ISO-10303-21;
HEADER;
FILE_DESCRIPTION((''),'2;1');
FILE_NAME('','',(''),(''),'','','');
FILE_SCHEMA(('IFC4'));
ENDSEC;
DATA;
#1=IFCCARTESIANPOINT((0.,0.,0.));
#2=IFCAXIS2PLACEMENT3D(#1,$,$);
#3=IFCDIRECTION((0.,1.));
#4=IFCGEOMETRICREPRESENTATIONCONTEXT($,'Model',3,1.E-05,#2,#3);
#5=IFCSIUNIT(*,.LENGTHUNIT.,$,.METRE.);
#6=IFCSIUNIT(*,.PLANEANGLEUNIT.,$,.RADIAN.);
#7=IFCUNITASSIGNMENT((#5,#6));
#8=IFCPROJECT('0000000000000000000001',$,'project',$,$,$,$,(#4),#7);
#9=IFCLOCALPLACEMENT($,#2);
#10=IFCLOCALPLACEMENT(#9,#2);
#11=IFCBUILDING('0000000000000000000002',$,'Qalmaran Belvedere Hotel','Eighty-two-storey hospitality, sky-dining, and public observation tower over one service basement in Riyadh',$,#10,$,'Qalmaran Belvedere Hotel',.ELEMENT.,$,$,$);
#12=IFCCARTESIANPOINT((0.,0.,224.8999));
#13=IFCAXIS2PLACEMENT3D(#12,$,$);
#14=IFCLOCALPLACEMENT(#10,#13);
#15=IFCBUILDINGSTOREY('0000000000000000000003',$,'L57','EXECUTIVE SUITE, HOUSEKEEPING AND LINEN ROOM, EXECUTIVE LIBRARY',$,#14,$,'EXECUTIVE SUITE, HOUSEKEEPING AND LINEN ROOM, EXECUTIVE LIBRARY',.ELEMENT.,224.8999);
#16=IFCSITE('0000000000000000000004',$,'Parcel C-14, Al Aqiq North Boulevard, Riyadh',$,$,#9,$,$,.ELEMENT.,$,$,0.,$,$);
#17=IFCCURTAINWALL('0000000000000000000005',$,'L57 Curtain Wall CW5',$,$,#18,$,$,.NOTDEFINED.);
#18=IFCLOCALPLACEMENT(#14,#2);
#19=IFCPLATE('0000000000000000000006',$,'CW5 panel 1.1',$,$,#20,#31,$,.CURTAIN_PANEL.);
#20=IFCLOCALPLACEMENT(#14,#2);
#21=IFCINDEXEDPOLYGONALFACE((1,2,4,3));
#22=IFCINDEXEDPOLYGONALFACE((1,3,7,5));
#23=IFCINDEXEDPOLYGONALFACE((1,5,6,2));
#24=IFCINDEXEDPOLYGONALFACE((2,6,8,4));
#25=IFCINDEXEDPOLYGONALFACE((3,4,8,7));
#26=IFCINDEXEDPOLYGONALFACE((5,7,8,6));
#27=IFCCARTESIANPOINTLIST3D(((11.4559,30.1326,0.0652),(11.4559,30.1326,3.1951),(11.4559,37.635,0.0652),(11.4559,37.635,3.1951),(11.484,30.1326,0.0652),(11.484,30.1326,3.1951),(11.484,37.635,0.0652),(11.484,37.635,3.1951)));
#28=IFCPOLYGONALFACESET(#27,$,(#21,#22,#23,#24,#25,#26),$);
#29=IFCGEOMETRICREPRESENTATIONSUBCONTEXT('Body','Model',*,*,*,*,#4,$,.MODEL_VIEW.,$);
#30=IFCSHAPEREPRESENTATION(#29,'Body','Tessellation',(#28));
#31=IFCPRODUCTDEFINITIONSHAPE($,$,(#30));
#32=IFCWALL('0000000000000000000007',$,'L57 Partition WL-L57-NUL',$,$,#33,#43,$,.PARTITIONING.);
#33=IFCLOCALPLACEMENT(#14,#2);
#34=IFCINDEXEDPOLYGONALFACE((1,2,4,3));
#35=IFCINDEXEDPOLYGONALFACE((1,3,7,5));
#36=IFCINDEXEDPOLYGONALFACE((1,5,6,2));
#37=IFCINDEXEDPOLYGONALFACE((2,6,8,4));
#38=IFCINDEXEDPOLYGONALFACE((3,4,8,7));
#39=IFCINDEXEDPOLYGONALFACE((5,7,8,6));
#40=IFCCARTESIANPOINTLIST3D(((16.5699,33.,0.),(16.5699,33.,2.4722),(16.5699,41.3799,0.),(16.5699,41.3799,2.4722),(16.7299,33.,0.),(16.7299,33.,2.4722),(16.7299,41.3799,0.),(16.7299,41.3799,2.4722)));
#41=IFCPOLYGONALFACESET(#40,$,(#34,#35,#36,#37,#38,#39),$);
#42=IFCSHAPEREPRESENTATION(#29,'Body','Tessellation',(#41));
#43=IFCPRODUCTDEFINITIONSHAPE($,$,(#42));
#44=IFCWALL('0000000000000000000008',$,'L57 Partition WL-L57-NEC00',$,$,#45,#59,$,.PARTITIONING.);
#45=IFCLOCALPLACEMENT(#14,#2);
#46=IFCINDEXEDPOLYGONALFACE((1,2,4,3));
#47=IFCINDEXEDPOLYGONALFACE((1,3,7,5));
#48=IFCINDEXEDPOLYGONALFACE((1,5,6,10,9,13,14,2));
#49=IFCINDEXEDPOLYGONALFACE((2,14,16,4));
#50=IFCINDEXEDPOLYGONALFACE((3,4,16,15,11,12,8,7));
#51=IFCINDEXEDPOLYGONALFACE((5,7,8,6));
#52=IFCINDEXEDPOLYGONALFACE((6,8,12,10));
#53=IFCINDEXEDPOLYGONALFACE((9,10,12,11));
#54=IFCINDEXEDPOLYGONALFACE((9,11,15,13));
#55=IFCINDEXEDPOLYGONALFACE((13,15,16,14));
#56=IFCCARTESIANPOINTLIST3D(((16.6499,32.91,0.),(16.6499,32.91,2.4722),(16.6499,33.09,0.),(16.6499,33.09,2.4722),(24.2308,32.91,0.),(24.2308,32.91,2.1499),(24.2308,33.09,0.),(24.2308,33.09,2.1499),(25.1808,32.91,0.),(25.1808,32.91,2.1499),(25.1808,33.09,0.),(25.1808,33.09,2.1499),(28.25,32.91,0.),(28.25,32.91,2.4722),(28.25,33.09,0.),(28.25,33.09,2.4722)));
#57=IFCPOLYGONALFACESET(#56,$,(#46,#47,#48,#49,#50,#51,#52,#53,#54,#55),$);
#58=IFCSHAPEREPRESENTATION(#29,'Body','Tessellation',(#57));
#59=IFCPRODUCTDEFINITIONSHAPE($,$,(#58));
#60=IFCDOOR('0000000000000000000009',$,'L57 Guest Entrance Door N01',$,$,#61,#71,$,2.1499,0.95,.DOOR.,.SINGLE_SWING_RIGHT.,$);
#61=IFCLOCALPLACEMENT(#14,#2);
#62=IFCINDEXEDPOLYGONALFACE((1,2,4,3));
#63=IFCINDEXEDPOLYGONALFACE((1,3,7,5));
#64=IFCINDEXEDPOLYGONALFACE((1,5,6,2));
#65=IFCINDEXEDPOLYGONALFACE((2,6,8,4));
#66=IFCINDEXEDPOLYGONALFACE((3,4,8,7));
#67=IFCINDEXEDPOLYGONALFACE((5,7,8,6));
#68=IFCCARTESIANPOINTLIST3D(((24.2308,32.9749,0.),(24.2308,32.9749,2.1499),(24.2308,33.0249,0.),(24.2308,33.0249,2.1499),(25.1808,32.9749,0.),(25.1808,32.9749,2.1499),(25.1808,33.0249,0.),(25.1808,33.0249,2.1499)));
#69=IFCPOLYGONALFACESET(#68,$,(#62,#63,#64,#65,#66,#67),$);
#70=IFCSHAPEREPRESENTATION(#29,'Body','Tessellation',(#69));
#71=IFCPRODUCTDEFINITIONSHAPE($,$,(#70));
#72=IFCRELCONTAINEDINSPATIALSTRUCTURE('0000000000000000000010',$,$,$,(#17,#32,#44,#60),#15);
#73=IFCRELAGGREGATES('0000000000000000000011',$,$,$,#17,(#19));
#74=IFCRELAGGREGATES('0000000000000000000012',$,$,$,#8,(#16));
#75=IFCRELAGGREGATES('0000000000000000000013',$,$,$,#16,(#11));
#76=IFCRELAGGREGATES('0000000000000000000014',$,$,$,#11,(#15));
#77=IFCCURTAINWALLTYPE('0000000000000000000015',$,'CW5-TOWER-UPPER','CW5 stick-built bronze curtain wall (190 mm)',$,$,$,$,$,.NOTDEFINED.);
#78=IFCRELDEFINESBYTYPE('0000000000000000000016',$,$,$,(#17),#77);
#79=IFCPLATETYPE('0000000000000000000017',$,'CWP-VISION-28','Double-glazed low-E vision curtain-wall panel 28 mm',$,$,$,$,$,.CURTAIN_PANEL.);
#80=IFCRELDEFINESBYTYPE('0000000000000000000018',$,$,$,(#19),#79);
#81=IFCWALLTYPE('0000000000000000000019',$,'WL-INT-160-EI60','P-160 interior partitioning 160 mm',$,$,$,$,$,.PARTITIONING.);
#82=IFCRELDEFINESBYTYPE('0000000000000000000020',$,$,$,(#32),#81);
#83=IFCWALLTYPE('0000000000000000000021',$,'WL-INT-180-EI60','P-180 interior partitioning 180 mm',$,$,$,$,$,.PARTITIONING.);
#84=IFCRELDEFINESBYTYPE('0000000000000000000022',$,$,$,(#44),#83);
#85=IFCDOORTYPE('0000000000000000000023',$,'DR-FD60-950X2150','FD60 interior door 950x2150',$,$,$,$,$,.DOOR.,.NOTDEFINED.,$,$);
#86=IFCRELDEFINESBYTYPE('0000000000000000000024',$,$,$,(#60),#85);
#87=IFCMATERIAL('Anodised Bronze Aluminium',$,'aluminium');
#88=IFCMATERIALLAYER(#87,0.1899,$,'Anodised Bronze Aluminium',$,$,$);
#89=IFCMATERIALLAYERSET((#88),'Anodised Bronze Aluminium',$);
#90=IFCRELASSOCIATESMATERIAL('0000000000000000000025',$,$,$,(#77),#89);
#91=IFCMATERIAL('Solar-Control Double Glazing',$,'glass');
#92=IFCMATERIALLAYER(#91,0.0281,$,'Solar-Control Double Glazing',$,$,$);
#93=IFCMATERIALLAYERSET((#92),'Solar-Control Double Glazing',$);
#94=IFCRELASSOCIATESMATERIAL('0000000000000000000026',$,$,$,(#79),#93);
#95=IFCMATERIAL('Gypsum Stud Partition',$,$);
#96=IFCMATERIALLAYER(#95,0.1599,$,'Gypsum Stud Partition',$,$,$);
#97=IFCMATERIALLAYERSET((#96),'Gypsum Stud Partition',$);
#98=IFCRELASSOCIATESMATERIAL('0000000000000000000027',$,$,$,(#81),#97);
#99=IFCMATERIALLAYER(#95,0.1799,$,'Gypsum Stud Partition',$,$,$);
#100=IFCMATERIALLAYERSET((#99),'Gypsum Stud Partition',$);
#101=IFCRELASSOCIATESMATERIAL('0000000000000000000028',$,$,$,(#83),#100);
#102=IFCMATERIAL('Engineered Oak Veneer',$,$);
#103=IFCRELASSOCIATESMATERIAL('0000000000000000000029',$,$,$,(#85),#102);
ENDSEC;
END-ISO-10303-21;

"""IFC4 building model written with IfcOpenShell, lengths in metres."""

from ifc_helpers import new_model, si_unit, direction, frame, frame_2d, origin, origin_2d, place, context, subcontext, project, spatial, rectangle, extrude, material, layer, layer_set, type_object, element, fill, aggregate, save


model = new_model("IFC4")

# Units and contexts
model_context = context("Model", 3, precision=1e-05, world=origin(), true_north=direction((0.0, 1.0)))
body_context = subcontext(model_context, "Body", "Model", "MODEL_VIEW")
ifc_project = project(units=[si_unit("LENGTHUNIT", "METRE"), si_unit("PLANEANGLEUNIT", "RADIAN")], contexts=[model_context])

# Site, building, storey
site_placement = place(None, origin())
site = spatial("IfcSite", under=ifc_project, at=site_placement, Name="Parcel C-14, Al Aqiq North Boulevard, Riyadh", CompositionType="ELEMENT", RefElevation=0.0)
building_placement = place(site_placement, origin())
building = spatial("IfcBuilding", under=site, at=building_placement, Name="Qalmaran Belvedere Hotel", Description="Eighty-two-storey hospitality, sky-dining, and public observation tower over one service basement in Riyadh", LongName="Qalmaran Belvedere Hotel", CompositionType="ELEMENT")
storey_placement = place(building_placement, frame((0.0, 0.0, 224.8999)))
storey = spatial("IfcBuildingStorey", under=building, at=storey_placement, Name="L57", Description="EXECUTIVE SUITE, HOUSEKEEPING AND LINEN ROOM, EXECUTIVE LIBRARY", LongName="EXECUTIVE SUITE, HOUSEKEEPING AND LINEN ROOM, EXECUTIVE LIBRARY", CompositionType="ELEMENT", Elevation=224.8999)

# Shared definitions
ifc_material_1 = material(Name="Anodised Bronze Aluminium", Category="aluminium")
ifc_layer_1 = layer(ifc_material_1, 0.1899, Name="Anodised Bronze Aluminium")
ifc_layer_set_1 = layer_set([ifc_layer_1], Name="Anodised Bronze Aluminium")
curtain_wall_type = type_object("IfcCurtainWallType", Name="CW5-TOWER-UPPER", Description="CW5 stick-built bronze curtain wall (190 mm)", PredefinedType="NOTDEFINED", material=ifc_layer_set_1)

# Curtain wall
curtain_wall_1_placement = place(storey_placement, origin())
curtain_wall_1 = element("IfcCurtainWall", 1, at=curtain_wall_1_placement, inside=storey, type_object=curtain_wall_type, Name="L57 Curtain Wall CW5", PredefinedType="NOTDEFINED")

# Plate
ifc_material_2 = material(Name="Solar-Control Double Glazing", Category="glass")
ifc_layer_2 = layer(ifc_material_2, 0.0281, Name="Solar-Control Double Glazing")
ifc_layer_set_2 = layer_set([ifc_layer_2], Name="Solar-Control Double Glazing")
plate_type = type_object("IfcPlateType", Name="CWP-VISION-28", Description="Double-glazed low-E vision curtain-wall panel 28 mm", PredefinedType="CURTAIN_PANEL", material=ifc_layer_set_2)
plate_1_placement = place(storey_placement, frame((11.47, 33.8838, 0.0652), z_axis=(0.0, 0.0, 1.0), x_axis=(0.0, -1.0, 0.0)))
plate_1 = element("IfcPlate", 2, at=plate_1_placement, type_object=plate_type, Name="CW5 panel 1.1", PredefinedType="CURTAIN_PANEL", context=body_context, shape_type="SweptSolid", body=[
    extrude(rectangle(XDim=7.5024, YDim=0.0281, at=origin_2d()), origin(), (0.0, 0.0, 1.0), 3.1299),
])
aggregate(curtain_wall_1, [plate_1])

# Wall
ifc_material_3 = material(Name="Gypsum Stud Partition")
ifc_layer_3 = layer(ifc_material_3, 0.1599, Name="Gypsum Stud Partition")
ifc_layer_set_3 = layer_set([ifc_layer_3], Name="Gypsum Stud Partition")
wall_type_1 = type_object("IfcWallType", Name="WL-INT-160-EI60", Description="P-160 interior partitioning 160 mm", PredefinedType="PARTITIONING", material=ifc_layer_set_3)
wall_1_placement = place(storey_placement, frame((16.6499, 33.0, 0.0), z_axis=(0.0, 0.0, 1.0), x_axis=(0.0, 1.0, 0.0)))
element("IfcWall", 3, at=wall_1_placement, inside=storey, type_object=wall_type_1, Name="L57 Partition WL-L57-NUL", PredefinedType="PARTITIONING", context=body_context, shape_type="SweptSolid", body=[
    extrude(rectangle(XDim=8.3799, YDim=0.1599, at=frame_2d((4.1899, 0.0))), origin(), (0.0, 0.0, 1.0), 2.4722),
])

# Wall, opening, door
ifc_layer_4 = layer(ifc_material_3, 0.1799, Name="Gypsum Stud Partition")
ifc_layer_set_4 = layer_set([ifc_layer_4], Name="Gypsum Stud Partition")
wall_type_2 = type_object("IfcWallType", Name="WL-INT-180-EI60", Description="P-180 interior partitioning 180 mm", PredefinedType="PARTITIONING", material=ifc_layer_set_4)
wall_2_placement = place(storey_placement, frame((16.6499, 33.0, 0.0), z_axis=(0.0, 0.0, 1.0), x_axis=(1.0, 0.0, 0.0)))
wall_2 = element("IfcWall", 4, at=wall_2_placement, inside=storey, type_object=wall_type_2, Name="L57 Partition WL-L57-NEC00", PredefinedType="PARTITIONING", context=body_context, shape_type="SweptSolid", body=[
    extrude(rectangle(XDim=11.6001, YDim=0.1799, at=frame_2d((5.8, 0.0))), origin(), (0.0, 0.0, 1.0), 2.4722),
])
opening_placement = place(wall_2_placement, frame((7.5808, 0.0, 0.0)))
opening = element("IfcOpeningElement", 5, at=opening_placement, cuts=wall_2, PredefinedType="OPENING", context=body_context, shape_type="SweptSolid", body=[
    extrude(rectangle(XDim=0.95, YDim=2.1499, at=frame_2d((0.4751, 1.075))), frame((0.0, 0.1001, 0.0), z_axis=(0.0, -1.0, 0.0), x_axis=(1.0, 0.0, 0.0)), (0.0, 0.0, 1.0), 0.2),
])
ifc_material_4 = material(Name="Engineered Oak Veneer")
door_type = type_object("IfcDoorType", Name="DR-FD60-950X2150", Description="FD60 interior door 950x2150", OperationType="NOTDEFINED", PredefinedType="DOOR", material=ifc_material_4)
door_placement = place(opening_placement, origin())
door = element("IfcDoor", 6, at=door_placement, inside=storey, type_object=door_type, Name="L57 Guest Entrance Door N01", OperationType="SINGLE_SWING_RIGHT", OverallHeight=2.1499, OverallWidth=0.95, PredefinedType="DOOR", context=body_context, shape_type="SweptSolid", body=[
    extrude(rectangle(XDim=0.95, YDim=2.1499, at=frame_2d((0.4751, 1.075))), frame((0.0, 0.0249, 0.0), z_axis=(0.0, -1.0, 0.0), x_axis=(1.0, 0.0, 0.0)), (0.0, 0.0, 1.0), 0.05),
])
fill(opening, door)

save(model, "model.ifc")
